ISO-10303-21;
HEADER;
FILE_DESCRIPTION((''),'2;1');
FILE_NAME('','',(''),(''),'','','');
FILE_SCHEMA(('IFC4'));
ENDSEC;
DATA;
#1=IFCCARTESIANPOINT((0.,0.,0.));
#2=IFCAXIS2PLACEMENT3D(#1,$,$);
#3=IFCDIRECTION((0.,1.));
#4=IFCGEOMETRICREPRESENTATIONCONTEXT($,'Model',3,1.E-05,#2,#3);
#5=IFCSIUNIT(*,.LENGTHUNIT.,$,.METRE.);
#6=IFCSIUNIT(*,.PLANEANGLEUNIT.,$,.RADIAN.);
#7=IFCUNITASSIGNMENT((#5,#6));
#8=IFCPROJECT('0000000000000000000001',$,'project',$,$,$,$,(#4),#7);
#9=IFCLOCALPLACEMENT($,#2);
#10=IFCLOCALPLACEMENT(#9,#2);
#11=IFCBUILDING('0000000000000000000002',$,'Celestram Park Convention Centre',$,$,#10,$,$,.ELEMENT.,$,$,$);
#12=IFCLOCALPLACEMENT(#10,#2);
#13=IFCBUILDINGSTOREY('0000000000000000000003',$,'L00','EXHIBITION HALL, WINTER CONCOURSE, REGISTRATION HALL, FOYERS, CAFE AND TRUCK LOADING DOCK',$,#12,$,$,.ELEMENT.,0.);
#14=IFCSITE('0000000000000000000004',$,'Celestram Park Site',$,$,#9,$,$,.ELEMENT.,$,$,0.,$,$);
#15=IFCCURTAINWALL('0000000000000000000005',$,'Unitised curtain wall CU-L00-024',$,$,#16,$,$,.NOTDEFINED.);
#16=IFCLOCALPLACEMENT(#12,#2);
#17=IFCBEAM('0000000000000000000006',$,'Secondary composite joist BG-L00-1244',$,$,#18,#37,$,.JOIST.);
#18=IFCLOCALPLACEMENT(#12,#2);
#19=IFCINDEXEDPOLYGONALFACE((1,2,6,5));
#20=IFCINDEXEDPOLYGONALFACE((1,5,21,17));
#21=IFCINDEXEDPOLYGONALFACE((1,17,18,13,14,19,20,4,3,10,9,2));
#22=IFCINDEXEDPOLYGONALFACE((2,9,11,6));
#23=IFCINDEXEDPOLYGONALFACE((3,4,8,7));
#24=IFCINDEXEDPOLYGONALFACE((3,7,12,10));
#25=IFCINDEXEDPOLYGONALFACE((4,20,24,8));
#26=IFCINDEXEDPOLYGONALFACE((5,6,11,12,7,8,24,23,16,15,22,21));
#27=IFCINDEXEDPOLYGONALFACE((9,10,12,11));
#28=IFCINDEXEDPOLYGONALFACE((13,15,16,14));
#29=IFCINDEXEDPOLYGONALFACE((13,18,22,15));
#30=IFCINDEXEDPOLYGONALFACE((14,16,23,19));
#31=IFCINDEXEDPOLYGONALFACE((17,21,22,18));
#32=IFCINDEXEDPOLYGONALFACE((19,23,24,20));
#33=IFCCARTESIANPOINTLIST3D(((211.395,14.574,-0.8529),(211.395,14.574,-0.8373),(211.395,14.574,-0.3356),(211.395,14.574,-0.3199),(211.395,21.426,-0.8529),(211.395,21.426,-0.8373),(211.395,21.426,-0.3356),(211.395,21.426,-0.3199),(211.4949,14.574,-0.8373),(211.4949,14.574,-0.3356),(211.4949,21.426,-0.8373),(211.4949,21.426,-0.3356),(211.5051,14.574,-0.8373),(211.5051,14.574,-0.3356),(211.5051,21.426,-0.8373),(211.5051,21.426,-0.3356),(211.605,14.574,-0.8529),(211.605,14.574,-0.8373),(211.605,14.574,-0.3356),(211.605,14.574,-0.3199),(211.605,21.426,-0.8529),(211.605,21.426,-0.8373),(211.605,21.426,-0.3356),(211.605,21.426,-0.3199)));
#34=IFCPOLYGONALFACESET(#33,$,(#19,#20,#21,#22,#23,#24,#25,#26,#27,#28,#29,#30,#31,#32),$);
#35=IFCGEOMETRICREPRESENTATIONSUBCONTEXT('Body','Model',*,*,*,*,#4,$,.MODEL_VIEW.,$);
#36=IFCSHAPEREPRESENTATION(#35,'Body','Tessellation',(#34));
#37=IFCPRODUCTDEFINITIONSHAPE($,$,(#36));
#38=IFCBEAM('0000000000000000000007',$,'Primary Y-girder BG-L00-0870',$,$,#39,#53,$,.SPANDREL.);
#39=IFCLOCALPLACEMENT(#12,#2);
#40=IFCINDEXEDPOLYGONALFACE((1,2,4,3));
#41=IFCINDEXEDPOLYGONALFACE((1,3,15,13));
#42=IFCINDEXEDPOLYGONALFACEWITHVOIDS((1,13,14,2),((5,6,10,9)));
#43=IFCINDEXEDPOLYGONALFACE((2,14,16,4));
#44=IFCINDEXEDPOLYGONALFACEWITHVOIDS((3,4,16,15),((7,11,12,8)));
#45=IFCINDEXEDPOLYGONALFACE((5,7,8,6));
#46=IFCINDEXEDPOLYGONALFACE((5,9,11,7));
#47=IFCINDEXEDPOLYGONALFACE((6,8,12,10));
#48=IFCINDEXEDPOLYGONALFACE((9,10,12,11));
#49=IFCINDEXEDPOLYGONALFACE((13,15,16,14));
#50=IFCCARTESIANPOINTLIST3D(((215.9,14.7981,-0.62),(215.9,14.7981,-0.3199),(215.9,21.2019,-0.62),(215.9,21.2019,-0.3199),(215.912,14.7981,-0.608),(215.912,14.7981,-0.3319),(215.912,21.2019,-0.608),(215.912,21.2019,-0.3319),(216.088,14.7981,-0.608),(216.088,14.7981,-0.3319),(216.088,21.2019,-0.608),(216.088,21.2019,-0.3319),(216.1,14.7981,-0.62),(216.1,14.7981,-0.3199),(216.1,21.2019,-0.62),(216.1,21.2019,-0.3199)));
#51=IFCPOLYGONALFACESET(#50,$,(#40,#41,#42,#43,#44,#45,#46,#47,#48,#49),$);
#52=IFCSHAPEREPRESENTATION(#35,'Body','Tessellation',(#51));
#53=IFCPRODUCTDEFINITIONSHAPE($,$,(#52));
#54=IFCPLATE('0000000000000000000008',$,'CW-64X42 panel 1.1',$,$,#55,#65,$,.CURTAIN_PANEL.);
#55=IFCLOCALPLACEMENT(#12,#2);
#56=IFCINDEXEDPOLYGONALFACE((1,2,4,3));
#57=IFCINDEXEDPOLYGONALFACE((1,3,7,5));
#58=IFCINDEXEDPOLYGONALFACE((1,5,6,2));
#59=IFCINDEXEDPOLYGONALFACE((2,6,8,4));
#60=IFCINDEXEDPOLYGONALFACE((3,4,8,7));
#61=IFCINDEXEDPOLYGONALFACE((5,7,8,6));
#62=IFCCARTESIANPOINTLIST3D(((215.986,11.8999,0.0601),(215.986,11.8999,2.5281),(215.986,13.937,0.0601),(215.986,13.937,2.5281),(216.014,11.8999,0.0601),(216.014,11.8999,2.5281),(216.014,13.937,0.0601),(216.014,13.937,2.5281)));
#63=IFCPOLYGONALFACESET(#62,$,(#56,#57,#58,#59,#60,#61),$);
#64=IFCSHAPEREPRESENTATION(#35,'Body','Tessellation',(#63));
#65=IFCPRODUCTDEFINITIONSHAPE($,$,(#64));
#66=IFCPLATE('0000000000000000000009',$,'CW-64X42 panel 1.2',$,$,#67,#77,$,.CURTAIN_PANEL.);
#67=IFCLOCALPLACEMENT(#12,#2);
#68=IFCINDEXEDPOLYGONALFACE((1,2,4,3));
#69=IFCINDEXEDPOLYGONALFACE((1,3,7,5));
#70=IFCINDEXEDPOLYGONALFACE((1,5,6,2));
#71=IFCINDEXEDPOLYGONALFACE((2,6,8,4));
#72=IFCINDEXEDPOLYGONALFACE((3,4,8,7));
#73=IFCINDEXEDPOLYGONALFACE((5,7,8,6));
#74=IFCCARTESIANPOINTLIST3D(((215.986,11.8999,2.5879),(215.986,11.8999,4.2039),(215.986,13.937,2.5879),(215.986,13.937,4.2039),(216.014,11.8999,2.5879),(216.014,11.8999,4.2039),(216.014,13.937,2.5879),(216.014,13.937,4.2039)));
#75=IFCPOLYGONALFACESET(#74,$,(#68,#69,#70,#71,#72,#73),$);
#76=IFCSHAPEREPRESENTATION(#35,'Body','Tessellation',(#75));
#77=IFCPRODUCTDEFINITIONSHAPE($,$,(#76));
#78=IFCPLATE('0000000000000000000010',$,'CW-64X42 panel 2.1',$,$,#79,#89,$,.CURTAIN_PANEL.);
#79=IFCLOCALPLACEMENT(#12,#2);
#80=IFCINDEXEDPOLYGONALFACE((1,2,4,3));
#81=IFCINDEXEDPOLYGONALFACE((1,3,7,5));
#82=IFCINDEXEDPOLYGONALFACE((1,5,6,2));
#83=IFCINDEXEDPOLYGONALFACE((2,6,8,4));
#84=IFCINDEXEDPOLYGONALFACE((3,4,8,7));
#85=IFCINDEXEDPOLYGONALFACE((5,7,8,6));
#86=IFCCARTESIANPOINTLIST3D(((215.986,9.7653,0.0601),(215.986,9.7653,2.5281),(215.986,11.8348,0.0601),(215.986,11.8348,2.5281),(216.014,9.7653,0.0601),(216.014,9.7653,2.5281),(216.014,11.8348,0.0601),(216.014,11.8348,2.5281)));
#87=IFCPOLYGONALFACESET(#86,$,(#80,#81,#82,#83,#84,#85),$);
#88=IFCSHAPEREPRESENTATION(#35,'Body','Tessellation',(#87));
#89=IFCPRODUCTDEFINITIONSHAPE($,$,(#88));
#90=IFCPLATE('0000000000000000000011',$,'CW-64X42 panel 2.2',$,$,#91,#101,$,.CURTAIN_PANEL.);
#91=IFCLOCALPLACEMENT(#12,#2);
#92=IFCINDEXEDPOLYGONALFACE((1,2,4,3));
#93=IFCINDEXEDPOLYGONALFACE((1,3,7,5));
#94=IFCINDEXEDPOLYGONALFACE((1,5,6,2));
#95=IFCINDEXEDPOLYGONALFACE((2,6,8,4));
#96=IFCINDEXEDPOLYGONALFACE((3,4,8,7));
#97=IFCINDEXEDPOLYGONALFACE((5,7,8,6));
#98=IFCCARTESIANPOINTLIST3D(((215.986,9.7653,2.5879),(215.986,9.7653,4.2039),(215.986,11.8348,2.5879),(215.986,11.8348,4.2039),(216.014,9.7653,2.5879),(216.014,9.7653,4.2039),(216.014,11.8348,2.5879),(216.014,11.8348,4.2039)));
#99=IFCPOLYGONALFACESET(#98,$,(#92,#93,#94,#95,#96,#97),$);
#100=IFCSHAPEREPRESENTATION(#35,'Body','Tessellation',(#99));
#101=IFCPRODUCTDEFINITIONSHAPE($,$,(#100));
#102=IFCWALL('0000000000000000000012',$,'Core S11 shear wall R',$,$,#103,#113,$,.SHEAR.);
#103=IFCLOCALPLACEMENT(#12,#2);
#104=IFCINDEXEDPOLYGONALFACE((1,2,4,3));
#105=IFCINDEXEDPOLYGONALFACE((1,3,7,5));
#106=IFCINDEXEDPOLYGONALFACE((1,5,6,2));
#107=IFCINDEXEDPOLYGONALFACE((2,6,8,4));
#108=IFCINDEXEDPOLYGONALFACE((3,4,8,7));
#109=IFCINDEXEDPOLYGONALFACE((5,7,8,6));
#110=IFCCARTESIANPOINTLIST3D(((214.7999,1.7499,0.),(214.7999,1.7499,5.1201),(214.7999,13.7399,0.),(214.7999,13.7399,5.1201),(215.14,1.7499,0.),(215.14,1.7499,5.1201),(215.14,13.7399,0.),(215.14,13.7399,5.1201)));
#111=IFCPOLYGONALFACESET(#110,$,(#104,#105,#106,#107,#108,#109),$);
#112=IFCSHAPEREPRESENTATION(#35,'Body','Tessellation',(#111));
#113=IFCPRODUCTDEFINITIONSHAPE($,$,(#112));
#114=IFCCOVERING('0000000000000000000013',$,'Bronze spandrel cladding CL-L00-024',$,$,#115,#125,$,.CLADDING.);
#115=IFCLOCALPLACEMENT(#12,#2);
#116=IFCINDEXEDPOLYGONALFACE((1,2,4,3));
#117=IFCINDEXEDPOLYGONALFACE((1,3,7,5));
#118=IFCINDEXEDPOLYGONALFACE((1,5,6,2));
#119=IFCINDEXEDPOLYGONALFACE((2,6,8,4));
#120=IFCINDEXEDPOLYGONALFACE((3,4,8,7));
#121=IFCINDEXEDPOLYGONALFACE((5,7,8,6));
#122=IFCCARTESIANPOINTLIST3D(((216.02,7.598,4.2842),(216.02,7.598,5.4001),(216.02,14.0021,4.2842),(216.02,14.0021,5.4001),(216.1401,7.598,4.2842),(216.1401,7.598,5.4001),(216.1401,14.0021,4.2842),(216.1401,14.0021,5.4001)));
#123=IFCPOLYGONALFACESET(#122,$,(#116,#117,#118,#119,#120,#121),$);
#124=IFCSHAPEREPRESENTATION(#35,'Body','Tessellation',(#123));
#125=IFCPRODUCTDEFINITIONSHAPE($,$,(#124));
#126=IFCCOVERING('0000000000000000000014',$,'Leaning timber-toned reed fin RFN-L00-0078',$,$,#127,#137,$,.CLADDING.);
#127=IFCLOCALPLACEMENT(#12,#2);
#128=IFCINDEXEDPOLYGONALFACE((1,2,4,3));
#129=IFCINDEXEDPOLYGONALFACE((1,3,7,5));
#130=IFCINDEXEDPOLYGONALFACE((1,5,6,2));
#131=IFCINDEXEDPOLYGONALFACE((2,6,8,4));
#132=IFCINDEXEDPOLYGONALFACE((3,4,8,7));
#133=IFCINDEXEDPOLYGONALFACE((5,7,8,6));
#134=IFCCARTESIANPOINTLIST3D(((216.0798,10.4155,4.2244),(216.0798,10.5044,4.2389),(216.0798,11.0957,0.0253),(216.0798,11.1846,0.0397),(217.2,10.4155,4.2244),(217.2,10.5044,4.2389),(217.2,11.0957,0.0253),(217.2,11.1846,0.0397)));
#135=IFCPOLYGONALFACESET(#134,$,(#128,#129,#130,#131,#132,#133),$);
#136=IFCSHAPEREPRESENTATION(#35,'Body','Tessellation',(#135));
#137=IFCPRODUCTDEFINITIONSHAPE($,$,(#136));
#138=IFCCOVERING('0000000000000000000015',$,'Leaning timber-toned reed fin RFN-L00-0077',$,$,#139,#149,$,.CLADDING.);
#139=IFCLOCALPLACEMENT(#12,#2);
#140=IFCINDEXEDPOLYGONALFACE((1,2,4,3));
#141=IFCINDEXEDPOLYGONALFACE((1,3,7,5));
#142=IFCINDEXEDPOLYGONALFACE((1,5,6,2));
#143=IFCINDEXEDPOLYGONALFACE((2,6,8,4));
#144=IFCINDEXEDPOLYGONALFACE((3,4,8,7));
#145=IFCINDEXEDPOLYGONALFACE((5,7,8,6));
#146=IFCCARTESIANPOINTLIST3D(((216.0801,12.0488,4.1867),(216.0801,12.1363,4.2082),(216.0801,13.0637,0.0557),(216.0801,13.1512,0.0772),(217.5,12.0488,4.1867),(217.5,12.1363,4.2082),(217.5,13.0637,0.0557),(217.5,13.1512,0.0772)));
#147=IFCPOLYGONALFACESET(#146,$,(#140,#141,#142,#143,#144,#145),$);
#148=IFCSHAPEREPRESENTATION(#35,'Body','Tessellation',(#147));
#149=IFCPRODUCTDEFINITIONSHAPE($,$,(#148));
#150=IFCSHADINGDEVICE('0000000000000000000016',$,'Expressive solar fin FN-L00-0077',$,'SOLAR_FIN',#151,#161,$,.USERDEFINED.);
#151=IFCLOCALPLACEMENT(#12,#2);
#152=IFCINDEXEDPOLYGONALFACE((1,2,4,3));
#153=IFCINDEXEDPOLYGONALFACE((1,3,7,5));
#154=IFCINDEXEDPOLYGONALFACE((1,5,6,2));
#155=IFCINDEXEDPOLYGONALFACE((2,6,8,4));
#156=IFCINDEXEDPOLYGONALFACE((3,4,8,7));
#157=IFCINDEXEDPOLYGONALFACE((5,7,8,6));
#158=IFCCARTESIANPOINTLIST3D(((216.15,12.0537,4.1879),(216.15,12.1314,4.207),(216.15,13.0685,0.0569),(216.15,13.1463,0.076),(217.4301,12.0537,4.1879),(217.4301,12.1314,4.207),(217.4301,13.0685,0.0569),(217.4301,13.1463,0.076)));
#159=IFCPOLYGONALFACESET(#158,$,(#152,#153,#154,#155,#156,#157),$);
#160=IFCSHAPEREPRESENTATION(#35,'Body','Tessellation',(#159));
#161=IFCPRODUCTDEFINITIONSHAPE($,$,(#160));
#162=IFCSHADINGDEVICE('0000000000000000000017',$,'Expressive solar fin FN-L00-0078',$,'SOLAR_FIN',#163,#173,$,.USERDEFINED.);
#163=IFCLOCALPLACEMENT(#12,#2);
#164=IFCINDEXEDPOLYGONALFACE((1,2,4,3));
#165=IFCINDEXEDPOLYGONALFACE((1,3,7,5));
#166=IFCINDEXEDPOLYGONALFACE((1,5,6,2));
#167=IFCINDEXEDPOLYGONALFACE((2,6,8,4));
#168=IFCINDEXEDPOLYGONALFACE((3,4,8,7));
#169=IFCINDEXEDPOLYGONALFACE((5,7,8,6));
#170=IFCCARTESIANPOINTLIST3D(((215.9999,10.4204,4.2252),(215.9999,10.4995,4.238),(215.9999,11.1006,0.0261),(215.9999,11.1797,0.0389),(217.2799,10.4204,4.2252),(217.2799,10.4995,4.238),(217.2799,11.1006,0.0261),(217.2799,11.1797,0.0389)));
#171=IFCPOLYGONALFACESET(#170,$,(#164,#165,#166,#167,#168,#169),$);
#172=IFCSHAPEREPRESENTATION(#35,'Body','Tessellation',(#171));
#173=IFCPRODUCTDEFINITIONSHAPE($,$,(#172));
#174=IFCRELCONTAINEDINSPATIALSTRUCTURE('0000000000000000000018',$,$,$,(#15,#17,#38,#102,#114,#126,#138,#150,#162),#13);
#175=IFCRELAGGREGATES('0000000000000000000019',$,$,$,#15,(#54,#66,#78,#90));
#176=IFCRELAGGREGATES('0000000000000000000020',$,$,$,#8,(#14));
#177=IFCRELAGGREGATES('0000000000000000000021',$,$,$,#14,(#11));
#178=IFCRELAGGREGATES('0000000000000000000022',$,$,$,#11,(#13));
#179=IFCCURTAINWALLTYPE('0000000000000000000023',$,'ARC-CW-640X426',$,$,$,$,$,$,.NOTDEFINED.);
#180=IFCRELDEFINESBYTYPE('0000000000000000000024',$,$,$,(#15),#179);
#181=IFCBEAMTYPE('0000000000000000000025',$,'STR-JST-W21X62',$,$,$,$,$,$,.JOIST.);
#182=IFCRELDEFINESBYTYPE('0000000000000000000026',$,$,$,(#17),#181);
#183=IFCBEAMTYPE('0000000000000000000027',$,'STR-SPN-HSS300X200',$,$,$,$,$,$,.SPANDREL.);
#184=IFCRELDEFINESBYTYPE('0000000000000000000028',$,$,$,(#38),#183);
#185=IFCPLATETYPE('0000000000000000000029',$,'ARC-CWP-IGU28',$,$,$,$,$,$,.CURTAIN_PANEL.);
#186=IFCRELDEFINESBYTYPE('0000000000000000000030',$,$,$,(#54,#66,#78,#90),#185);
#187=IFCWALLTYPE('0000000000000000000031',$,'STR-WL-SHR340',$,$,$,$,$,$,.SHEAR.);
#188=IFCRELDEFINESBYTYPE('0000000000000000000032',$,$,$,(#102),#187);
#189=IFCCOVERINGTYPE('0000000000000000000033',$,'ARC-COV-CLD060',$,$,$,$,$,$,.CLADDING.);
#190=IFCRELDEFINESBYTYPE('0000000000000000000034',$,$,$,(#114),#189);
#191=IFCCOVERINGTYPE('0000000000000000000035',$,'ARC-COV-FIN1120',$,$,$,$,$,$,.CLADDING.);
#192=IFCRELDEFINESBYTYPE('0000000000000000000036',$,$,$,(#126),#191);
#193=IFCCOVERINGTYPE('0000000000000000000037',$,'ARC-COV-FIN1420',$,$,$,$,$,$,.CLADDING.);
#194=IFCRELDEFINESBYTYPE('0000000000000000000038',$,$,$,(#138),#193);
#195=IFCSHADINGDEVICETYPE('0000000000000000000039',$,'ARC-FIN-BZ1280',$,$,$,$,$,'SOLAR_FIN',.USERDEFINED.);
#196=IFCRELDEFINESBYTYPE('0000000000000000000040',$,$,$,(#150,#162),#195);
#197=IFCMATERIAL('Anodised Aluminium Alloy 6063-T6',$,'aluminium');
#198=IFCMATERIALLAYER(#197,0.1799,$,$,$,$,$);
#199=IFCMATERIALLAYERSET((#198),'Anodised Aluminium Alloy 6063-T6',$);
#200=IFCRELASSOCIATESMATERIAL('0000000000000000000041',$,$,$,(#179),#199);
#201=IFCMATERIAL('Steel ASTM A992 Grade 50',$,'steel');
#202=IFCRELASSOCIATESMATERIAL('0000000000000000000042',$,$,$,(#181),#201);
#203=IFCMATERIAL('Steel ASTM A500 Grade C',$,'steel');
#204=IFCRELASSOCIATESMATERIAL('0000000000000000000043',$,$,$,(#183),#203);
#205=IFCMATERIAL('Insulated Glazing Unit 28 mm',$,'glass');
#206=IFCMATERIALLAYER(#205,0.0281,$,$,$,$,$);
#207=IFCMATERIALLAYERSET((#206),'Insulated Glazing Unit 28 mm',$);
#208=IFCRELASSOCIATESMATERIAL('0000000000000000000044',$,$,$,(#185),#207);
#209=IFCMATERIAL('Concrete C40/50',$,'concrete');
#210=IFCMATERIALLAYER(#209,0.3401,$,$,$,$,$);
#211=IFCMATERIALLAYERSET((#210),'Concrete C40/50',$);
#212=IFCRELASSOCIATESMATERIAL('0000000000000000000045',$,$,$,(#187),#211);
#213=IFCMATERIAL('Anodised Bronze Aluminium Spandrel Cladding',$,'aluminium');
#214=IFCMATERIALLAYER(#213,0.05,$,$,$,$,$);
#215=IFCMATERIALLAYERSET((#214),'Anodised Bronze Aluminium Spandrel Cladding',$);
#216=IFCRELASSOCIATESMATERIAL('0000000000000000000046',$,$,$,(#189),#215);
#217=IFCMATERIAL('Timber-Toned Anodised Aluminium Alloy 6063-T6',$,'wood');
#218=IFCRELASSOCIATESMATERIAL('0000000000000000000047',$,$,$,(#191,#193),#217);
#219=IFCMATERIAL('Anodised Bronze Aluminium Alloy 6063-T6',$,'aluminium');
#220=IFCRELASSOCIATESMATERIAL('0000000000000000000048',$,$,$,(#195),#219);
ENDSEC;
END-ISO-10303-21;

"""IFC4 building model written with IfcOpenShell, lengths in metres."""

from ifc_helpers import new_model, si_unit, direction, frame, frame_2d, origin, origin_2d, place, context, subcontext, project, spatial, rectangle, hollow_rectangle, i_section, extrude, material, layer, layer_set, material_profile, profile_set, type_object, element, aggregate, save


model = new_model("IFC4")

# Units and contexts
model_context = context("Model", 3, precision=1e-05, world=origin(), true_north=direction((0.0, 1.0)))
body_context = subcontext(model_context, "Body", "Model", "MODEL_VIEW")
ifc_project = project(units=[si_unit("LENGTHUNIT", "METRE"), si_unit("PLANEANGLEUNIT", "RADIAN")], contexts=[model_context])

# Site, building, storey
site_placement = place(None, origin())
site = spatial("IfcSite", under=ifc_project, at=site_placement, Name="Celestram Park Site", CompositionType="ELEMENT", RefElevation=0.0)
building_placement = place(site_placement, origin())
building = spatial("IfcBuilding", under=site, at=building_placement, Name="Celestram Park Convention Centre", CompositionType="ELEMENT")
storey_placement = place(building_placement, origin())
storey = spatial("IfcBuildingStorey", under=building, at=storey_placement, Name="L00", Description="EXHIBITION HALL, WINTER CONCOURSE, REGISTRATION HALL, FOYERS, CAFE AND TRUCK LOADING DOCK", CompositionType="ELEMENT", Elevation=0.0)

# Shared definitions
ifc_material_1 = material(Name="Concrete C40/50", Category="concrete")

# Shared definitions
ifc_material_2 = material(Name="Anodised Aluminium Alloy 6063-T6", Category="aluminium")
ifc_layer_1 = layer(ifc_material_2, 0.1799)
ifc_layer_set_1 = layer_set([ifc_layer_1], Name="Anodised Aluminium Alloy 6063-T6")
curtain_wall_type = type_object("IfcCurtainWallType", Name="ARC-CW-640X426", PredefinedType="NOTDEFINED", material=ifc_layer_set_1)

# Curtain wall
curtain_wall_1_placement = place(storey_placement, origin())
curtain_wall_1 = element("IfcCurtainWall", 1, at=curtain_wall_1_placement, inside=storey, type_object=curtain_wall_type, Name="Unitised curtain wall CU-L00-024", PredefinedType="NOTDEFINED")

# Beams
ifc_material_3 = material(Name="Steel ASTM A992 Grade 50", Category="steel")
ifc_material_profile_1 = material_profile(ifc_material_3, i_section(OverallWidth=0.21, OverallDepth=0.533, WebThickness=0.0103, FlangeThickness=0.0156, at=origin_2d()), Name="W21X62")
ifc_profile_set_1 = profile_set([ifc_material_profile_1], Name="Steel ASTM A992 Grade 50")
beam_type_1 = type_object("IfcBeamType", Name="STR-JST-W21X62", PredefinedType="JOIST", material=ifc_profile_set_1)
beam_1_placement = place(storey_placement, frame((211.5, 14.574, -0.5864), z_axis=(0.0, 1.0, 0.0), x_axis=(-1.0, 0.0, 0.0)))
element("IfcBeam", 2, at=beam_1_placement, inside=storey, type_object=beam_type_1, Name="Secondary composite joist BG-L00-1244", PredefinedType="JOIST", context=body_context, shape_type="SweptSolid", body=[
    extrude(i_section(OverallWidth=0.21, OverallDepth=0.533, WebThickness=0.0103, FlangeThickness=0.0156, at=origin_2d()), origin(), (0.0, 0.0, 1.0), 6.8521),
])
ifc_material_4 = material(Name="Steel ASTM A500 Grade C", Category="steel")
ifc_material_profile_2 = material_profile(ifc_material_4, hollow_rectangle(XDim=0.2, YDim=0.3, WallThickness=0.012, at=origin_2d()), Name="HSS300X200X12")
ifc_profile_set_2 = profile_set([ifc_material_profile_2], Name="Steel ASTM A500 Grade C")
beam_type_2 = type_object("IfcBeamType", Name="STR-SPN-HSS300X200", PredefinedType="SPANDREL", material=ifc_profile_set_2)
beam_2_placement = place(storey_placement, frame((216.0, 14.7981, -0.47), z_axis=(0.0, 1.0, 0.0), x_axis=(-1.0, 0.0, 0.0)))
element("IfcBeam", 3, at=beam_2_placement, inside=storey, type_object=beam_type_2, Name="Primary Y-girder BG-L00-0870", PredefinedType="SPANDREL", context=body_context, shape_type="SweptSolid", body=[
    extrude(hollow_rectangle(XDim=0.2, YDim=0.3, WallThickness=0.012, at=origin_2d()), origin(), (0.0, 0.0, 1.0), 6.4038),
])

# Plates
ifc_material_5 = material(Name="Insulated Glazing Unit 28 mm", Category="glass")
ifc_layer_2 = layer(ifc_material_5, 0.0281)
ifc_layer_set_2 = layer_set([ifc_layer_2], Name="Insulated Glazing Unit 28 mm")
plate_type = type_object("IfcPlateType", Name="ARC-CWP-IGU28", PredefinedType="CURTAIN_PANEL", material=ifc_layer_set_2)
plate_1_placement = place(storey_placement, frame((216.0, 12.9185, 0.0601), z_axis=(0.0, 0.0, 1.0), x_axis=(0.0, -1.0, 0.0)))
plate_1 = element("IfcPlate", 4, at=plate_1_placement, type_object=plate_type, Name="CW-64X42 panel 1.1", PredefinedType="CURTAIN_PANEL", context=body_context, shape_type="SweptSolid", body=[
    extrude(rectangle(XDim=2.0371, YDim=0.0281, at=origin_2d()), origin(), (0.0, 0.0, 1.0), 2.468),
])
plate_2_placement = place(storey_placement, frame((216.0, 12.9185, 2.5879), z_axis=(0.0, 0.0, 1.0), x_axis=(0.0, -1.0, 0.0)))
plate_2 = element("IfcPlate", 5, at=plate_2_placement, type_object=plate_type, Name="CW-64X42 panel 1.2", PredefinedType="CURTAIN_PANEL", context=body_context, shape_type="SweptSolid", body=[
    extrude(rectangle(XDim=2.0371, YDim=0.0281, at=origin_2d()), origin(), (0.0, 0.0, 1.0), 1.616),
])
plate_3_placement = place(storey_placement, frame((216.0, 10.8, 0.0601), z_axis=(0.0, 0.0, 1.0), x_axis=(0.0, -1.0, 0.0)))
plate_3 = element("IfcPlate", 6, at=plate_3_placement, type_object=plate_type, Name="CW-64X42 panel 2.1", PredefinedType="CURTAIN_PANEL", context=body_context, shape_type="SweptSolid", body=[
    extrude(rectangle(XDim=2.0696, YDim=0.0281, at=origin_2d()), origin(), (0.0, 0.0, 1.0), 2.468),
])
plate_4_placement = place(storey_placement, frame((216.0, 10.8, 2.5879), z_axis=(0.0, 0.0, 1.0), x_axis=(0.0, -1.0, 0.0)))
plate_4 = element("IfcPlate", 7, at=plate_4_placement, type_object=plate_type, Name="CW-64X42 panel 2.2", PredefinedType="CURTAIN_PANEL", context=body_context, shape_type="SweptSolid", body=[
    extrude(rectangle(XDim=2.0696, YDim=0.0281, at=origin_2d()), origin(), (0.0, 0.0, 1.0), 1.616),
])
aggregate(curtain_wall_1, [plate_1, plate_2, plate_3, plate_4])

# Wall
ifc_layer_3 = layer(ifc_material_1, 0.3401)
ifc_layer_set_3 = layer_set([ifc_layer_3], Name="Concrete C40/50")
wall_type = type_object("IfcWallType", Name="STR-WL-SHR340", PredefinedType="SHEAR", material=ifc_layer_set_3)
wall_placement = place(storey_placement, frame((214.97, 13.74, 0.0), z_axis=(0.0, 0.0, 1.0), x_axis=(0.0, -1.0, 0.0)))
element("IfcWall", 8, at=wall_placement, inside=storey, type_object=wall_type, Name="Core S11 shear wall R", PredefinedType="SHEAR", context=body_context, shape_type="SweptSolid", body=[
    extrude(rectangle(XDim=11.99, YDim=0.3401, at=frame_2d((5.9951, 0.0))), origin(), (0.0, 0.0, 1.0), 5.1201),
])

# Coverings
ifc_material_6 = material(Name="Anodised Bronze Aluminium Spandrel Cladding", Category="aluminium")
ifc_layer_4 = layer(ifc_material_6, 0.05)
ifc_layer_set_4 = layer_set([ifc_layer_4], Name="Anodised Bronze Aluminium Spandrel Cladding")
covering_type_1 = type_object("IfcCoveringType", Name="ARC-COV-CLD060", PredefinedType="CLADDING", material=ifc_layer_set_4)
covering_1_placement = place(storey_placement, frame((216.0801, 10.8, 4.2842), z_axis=(0.0, 0.0, 1.0), x_axis=(0.0, -1.0, 0.0)))
element("IfcCovering", 9, at=covering_1_placement, inside=storey, type_object=covering_type_1, Name="Bronze spandrel cladding CL-L00-024", PredefinedType="CLADDING", context=body_context, shape_type="SweptSolid", body=[
    extrude(rectangle(XDim=6.4041, YDim=0.1201, at=origin_2d()), origin(), (0.0, 0.0, 1.0), 1.116),
])
ifc_material_7 = material(Name="Timber-Toned Anodised Aluminium Alloy 6063-T6", Category="wood")
ifc_material_profile_3 = material_profile(ifc_material_7, rectangle(XDim=1.1201, YDim=0.0901, at=origin_2d()), Name="REED1120X90")
ifc_profile_set_3 = profile_set([ifc_material_profile_3], Name="Timber-Toned Anodised Aluminium Alloy 6063-T6")
covering_type_2 = type_object("IfcCoveringType", Name="ARC-COV-FIN1120", PredefinedType="CLADDING", material=ifc_profile_set_3)
covering_2_placement = place(storey_placement, frame((216.6399, 11.1401, 0.0325), z_axis=(0.0, -0.159893, 0.987134), x_axis=(1.0, 0.0, 0.0)))
element("IfcCovering", 10, at=covering_2_placement, inside=storey, type_object=covering_type_2, Name="Leaning timber-toned reed fin RFN-L00-0078", PredefinedType="CLADDING", context=body_context, shape_type="SweptSolid", body=[
    extrude(rectangle(XDim=1.1201, YDim=0.0901, at=origin_2d()), origin(), (0.0, 0.0, 1.0), 4.2539),
])
ifc_material_profile_4 = material_profile(ifc_material_7, rectangle(XDim=1.4199, YDim=0.0901, at=origin_2d()), Name="REED1420X90")
ifc_profile_set_4 = profile_set([ifc_material_profile_4], Name="Timber-Toned Anodised Aluminium Alloy 6063-T6")
covering_type_3 = type_object("IfcCoveringType", Name="ARC-COV-FIN1420", PredefinedType="CLADDING", material=ifc_profile_set_4)
covering_3_placement = place(storey_placement, frame((216.79, 13.1074, 0.0664), z_axis=(0.0, -0.238577, 0.971124), x_axis=(1.0, 0.0, 0.0)))
element("IfcCovering", 11, at=covering_3_placement, inside=storey, type_object=covering_type_3, Name="Leaning timber-toned reed fin RFN-L00-0077", PredefinedType="CLADDING", context=body_context, shape_type="SweptSolid", body=[
    extrude(rectangle(XDim=1.4199, YDim=0.0901, at=origin_2d()), origin(), (0.0, 0.0, 1.0), 4.2539),
])

# Shading devices
ifc_material_8 = material(Name="Anodised Bronze Aluminium Alloy 6063-T6", Category="aluminium")
ifc_material_profile_5 = material_profile(ifc_material_8, rectangle(XDim=1.28, YDim=0.0801, at=origin_2d()), Name="FIN1280X80")
ifc_profile_set_5 = profile_set([ifc_material_profile_5], Name="Anodised Bronze Aluminium Alloy 6063-T6")
shading_device_type = type_object("IfcShadingDeviceType", Name="ARC-FIN-BZ1280", ElementType="SOLAR_FIN", PredefinedType="USERDEFINED", material=ifc_profile_set_5)
for number, where, z_axis, x_axis, name in (
    (12, (216.79, 13.1074, 0.0664), (0.0, -0.238577, 0.971124), (1.0, 0.0, 0.0), "Expressive solar fin FN-L00-0077"),
    (13, (216.6399, 11.1401, 0.0325), (0.0, -0.159893, 0.987134), (1.0, 0.0, 0.0), "Expressive solar fin FN-L00-0078"),
):
    element("IfcShadingDevice", number, at=place(storey_placement, frame(where, z_axis=z_axis, x_axis=x_axis)), inside=storey, type_object=shading_device_type, Name=name, ObjectType="SOLAR_FIN", PredefinedType="USERDEFINED", context=body_context, shape_type="SweptSolid", body=[
        extrude(rectangle(XDim=1.28, YDim=0.0801, at=origin_2d()), origin(), (0.0, 0.0, 1.0), 4.2539),
    ])

save(model, "model.ifc")
